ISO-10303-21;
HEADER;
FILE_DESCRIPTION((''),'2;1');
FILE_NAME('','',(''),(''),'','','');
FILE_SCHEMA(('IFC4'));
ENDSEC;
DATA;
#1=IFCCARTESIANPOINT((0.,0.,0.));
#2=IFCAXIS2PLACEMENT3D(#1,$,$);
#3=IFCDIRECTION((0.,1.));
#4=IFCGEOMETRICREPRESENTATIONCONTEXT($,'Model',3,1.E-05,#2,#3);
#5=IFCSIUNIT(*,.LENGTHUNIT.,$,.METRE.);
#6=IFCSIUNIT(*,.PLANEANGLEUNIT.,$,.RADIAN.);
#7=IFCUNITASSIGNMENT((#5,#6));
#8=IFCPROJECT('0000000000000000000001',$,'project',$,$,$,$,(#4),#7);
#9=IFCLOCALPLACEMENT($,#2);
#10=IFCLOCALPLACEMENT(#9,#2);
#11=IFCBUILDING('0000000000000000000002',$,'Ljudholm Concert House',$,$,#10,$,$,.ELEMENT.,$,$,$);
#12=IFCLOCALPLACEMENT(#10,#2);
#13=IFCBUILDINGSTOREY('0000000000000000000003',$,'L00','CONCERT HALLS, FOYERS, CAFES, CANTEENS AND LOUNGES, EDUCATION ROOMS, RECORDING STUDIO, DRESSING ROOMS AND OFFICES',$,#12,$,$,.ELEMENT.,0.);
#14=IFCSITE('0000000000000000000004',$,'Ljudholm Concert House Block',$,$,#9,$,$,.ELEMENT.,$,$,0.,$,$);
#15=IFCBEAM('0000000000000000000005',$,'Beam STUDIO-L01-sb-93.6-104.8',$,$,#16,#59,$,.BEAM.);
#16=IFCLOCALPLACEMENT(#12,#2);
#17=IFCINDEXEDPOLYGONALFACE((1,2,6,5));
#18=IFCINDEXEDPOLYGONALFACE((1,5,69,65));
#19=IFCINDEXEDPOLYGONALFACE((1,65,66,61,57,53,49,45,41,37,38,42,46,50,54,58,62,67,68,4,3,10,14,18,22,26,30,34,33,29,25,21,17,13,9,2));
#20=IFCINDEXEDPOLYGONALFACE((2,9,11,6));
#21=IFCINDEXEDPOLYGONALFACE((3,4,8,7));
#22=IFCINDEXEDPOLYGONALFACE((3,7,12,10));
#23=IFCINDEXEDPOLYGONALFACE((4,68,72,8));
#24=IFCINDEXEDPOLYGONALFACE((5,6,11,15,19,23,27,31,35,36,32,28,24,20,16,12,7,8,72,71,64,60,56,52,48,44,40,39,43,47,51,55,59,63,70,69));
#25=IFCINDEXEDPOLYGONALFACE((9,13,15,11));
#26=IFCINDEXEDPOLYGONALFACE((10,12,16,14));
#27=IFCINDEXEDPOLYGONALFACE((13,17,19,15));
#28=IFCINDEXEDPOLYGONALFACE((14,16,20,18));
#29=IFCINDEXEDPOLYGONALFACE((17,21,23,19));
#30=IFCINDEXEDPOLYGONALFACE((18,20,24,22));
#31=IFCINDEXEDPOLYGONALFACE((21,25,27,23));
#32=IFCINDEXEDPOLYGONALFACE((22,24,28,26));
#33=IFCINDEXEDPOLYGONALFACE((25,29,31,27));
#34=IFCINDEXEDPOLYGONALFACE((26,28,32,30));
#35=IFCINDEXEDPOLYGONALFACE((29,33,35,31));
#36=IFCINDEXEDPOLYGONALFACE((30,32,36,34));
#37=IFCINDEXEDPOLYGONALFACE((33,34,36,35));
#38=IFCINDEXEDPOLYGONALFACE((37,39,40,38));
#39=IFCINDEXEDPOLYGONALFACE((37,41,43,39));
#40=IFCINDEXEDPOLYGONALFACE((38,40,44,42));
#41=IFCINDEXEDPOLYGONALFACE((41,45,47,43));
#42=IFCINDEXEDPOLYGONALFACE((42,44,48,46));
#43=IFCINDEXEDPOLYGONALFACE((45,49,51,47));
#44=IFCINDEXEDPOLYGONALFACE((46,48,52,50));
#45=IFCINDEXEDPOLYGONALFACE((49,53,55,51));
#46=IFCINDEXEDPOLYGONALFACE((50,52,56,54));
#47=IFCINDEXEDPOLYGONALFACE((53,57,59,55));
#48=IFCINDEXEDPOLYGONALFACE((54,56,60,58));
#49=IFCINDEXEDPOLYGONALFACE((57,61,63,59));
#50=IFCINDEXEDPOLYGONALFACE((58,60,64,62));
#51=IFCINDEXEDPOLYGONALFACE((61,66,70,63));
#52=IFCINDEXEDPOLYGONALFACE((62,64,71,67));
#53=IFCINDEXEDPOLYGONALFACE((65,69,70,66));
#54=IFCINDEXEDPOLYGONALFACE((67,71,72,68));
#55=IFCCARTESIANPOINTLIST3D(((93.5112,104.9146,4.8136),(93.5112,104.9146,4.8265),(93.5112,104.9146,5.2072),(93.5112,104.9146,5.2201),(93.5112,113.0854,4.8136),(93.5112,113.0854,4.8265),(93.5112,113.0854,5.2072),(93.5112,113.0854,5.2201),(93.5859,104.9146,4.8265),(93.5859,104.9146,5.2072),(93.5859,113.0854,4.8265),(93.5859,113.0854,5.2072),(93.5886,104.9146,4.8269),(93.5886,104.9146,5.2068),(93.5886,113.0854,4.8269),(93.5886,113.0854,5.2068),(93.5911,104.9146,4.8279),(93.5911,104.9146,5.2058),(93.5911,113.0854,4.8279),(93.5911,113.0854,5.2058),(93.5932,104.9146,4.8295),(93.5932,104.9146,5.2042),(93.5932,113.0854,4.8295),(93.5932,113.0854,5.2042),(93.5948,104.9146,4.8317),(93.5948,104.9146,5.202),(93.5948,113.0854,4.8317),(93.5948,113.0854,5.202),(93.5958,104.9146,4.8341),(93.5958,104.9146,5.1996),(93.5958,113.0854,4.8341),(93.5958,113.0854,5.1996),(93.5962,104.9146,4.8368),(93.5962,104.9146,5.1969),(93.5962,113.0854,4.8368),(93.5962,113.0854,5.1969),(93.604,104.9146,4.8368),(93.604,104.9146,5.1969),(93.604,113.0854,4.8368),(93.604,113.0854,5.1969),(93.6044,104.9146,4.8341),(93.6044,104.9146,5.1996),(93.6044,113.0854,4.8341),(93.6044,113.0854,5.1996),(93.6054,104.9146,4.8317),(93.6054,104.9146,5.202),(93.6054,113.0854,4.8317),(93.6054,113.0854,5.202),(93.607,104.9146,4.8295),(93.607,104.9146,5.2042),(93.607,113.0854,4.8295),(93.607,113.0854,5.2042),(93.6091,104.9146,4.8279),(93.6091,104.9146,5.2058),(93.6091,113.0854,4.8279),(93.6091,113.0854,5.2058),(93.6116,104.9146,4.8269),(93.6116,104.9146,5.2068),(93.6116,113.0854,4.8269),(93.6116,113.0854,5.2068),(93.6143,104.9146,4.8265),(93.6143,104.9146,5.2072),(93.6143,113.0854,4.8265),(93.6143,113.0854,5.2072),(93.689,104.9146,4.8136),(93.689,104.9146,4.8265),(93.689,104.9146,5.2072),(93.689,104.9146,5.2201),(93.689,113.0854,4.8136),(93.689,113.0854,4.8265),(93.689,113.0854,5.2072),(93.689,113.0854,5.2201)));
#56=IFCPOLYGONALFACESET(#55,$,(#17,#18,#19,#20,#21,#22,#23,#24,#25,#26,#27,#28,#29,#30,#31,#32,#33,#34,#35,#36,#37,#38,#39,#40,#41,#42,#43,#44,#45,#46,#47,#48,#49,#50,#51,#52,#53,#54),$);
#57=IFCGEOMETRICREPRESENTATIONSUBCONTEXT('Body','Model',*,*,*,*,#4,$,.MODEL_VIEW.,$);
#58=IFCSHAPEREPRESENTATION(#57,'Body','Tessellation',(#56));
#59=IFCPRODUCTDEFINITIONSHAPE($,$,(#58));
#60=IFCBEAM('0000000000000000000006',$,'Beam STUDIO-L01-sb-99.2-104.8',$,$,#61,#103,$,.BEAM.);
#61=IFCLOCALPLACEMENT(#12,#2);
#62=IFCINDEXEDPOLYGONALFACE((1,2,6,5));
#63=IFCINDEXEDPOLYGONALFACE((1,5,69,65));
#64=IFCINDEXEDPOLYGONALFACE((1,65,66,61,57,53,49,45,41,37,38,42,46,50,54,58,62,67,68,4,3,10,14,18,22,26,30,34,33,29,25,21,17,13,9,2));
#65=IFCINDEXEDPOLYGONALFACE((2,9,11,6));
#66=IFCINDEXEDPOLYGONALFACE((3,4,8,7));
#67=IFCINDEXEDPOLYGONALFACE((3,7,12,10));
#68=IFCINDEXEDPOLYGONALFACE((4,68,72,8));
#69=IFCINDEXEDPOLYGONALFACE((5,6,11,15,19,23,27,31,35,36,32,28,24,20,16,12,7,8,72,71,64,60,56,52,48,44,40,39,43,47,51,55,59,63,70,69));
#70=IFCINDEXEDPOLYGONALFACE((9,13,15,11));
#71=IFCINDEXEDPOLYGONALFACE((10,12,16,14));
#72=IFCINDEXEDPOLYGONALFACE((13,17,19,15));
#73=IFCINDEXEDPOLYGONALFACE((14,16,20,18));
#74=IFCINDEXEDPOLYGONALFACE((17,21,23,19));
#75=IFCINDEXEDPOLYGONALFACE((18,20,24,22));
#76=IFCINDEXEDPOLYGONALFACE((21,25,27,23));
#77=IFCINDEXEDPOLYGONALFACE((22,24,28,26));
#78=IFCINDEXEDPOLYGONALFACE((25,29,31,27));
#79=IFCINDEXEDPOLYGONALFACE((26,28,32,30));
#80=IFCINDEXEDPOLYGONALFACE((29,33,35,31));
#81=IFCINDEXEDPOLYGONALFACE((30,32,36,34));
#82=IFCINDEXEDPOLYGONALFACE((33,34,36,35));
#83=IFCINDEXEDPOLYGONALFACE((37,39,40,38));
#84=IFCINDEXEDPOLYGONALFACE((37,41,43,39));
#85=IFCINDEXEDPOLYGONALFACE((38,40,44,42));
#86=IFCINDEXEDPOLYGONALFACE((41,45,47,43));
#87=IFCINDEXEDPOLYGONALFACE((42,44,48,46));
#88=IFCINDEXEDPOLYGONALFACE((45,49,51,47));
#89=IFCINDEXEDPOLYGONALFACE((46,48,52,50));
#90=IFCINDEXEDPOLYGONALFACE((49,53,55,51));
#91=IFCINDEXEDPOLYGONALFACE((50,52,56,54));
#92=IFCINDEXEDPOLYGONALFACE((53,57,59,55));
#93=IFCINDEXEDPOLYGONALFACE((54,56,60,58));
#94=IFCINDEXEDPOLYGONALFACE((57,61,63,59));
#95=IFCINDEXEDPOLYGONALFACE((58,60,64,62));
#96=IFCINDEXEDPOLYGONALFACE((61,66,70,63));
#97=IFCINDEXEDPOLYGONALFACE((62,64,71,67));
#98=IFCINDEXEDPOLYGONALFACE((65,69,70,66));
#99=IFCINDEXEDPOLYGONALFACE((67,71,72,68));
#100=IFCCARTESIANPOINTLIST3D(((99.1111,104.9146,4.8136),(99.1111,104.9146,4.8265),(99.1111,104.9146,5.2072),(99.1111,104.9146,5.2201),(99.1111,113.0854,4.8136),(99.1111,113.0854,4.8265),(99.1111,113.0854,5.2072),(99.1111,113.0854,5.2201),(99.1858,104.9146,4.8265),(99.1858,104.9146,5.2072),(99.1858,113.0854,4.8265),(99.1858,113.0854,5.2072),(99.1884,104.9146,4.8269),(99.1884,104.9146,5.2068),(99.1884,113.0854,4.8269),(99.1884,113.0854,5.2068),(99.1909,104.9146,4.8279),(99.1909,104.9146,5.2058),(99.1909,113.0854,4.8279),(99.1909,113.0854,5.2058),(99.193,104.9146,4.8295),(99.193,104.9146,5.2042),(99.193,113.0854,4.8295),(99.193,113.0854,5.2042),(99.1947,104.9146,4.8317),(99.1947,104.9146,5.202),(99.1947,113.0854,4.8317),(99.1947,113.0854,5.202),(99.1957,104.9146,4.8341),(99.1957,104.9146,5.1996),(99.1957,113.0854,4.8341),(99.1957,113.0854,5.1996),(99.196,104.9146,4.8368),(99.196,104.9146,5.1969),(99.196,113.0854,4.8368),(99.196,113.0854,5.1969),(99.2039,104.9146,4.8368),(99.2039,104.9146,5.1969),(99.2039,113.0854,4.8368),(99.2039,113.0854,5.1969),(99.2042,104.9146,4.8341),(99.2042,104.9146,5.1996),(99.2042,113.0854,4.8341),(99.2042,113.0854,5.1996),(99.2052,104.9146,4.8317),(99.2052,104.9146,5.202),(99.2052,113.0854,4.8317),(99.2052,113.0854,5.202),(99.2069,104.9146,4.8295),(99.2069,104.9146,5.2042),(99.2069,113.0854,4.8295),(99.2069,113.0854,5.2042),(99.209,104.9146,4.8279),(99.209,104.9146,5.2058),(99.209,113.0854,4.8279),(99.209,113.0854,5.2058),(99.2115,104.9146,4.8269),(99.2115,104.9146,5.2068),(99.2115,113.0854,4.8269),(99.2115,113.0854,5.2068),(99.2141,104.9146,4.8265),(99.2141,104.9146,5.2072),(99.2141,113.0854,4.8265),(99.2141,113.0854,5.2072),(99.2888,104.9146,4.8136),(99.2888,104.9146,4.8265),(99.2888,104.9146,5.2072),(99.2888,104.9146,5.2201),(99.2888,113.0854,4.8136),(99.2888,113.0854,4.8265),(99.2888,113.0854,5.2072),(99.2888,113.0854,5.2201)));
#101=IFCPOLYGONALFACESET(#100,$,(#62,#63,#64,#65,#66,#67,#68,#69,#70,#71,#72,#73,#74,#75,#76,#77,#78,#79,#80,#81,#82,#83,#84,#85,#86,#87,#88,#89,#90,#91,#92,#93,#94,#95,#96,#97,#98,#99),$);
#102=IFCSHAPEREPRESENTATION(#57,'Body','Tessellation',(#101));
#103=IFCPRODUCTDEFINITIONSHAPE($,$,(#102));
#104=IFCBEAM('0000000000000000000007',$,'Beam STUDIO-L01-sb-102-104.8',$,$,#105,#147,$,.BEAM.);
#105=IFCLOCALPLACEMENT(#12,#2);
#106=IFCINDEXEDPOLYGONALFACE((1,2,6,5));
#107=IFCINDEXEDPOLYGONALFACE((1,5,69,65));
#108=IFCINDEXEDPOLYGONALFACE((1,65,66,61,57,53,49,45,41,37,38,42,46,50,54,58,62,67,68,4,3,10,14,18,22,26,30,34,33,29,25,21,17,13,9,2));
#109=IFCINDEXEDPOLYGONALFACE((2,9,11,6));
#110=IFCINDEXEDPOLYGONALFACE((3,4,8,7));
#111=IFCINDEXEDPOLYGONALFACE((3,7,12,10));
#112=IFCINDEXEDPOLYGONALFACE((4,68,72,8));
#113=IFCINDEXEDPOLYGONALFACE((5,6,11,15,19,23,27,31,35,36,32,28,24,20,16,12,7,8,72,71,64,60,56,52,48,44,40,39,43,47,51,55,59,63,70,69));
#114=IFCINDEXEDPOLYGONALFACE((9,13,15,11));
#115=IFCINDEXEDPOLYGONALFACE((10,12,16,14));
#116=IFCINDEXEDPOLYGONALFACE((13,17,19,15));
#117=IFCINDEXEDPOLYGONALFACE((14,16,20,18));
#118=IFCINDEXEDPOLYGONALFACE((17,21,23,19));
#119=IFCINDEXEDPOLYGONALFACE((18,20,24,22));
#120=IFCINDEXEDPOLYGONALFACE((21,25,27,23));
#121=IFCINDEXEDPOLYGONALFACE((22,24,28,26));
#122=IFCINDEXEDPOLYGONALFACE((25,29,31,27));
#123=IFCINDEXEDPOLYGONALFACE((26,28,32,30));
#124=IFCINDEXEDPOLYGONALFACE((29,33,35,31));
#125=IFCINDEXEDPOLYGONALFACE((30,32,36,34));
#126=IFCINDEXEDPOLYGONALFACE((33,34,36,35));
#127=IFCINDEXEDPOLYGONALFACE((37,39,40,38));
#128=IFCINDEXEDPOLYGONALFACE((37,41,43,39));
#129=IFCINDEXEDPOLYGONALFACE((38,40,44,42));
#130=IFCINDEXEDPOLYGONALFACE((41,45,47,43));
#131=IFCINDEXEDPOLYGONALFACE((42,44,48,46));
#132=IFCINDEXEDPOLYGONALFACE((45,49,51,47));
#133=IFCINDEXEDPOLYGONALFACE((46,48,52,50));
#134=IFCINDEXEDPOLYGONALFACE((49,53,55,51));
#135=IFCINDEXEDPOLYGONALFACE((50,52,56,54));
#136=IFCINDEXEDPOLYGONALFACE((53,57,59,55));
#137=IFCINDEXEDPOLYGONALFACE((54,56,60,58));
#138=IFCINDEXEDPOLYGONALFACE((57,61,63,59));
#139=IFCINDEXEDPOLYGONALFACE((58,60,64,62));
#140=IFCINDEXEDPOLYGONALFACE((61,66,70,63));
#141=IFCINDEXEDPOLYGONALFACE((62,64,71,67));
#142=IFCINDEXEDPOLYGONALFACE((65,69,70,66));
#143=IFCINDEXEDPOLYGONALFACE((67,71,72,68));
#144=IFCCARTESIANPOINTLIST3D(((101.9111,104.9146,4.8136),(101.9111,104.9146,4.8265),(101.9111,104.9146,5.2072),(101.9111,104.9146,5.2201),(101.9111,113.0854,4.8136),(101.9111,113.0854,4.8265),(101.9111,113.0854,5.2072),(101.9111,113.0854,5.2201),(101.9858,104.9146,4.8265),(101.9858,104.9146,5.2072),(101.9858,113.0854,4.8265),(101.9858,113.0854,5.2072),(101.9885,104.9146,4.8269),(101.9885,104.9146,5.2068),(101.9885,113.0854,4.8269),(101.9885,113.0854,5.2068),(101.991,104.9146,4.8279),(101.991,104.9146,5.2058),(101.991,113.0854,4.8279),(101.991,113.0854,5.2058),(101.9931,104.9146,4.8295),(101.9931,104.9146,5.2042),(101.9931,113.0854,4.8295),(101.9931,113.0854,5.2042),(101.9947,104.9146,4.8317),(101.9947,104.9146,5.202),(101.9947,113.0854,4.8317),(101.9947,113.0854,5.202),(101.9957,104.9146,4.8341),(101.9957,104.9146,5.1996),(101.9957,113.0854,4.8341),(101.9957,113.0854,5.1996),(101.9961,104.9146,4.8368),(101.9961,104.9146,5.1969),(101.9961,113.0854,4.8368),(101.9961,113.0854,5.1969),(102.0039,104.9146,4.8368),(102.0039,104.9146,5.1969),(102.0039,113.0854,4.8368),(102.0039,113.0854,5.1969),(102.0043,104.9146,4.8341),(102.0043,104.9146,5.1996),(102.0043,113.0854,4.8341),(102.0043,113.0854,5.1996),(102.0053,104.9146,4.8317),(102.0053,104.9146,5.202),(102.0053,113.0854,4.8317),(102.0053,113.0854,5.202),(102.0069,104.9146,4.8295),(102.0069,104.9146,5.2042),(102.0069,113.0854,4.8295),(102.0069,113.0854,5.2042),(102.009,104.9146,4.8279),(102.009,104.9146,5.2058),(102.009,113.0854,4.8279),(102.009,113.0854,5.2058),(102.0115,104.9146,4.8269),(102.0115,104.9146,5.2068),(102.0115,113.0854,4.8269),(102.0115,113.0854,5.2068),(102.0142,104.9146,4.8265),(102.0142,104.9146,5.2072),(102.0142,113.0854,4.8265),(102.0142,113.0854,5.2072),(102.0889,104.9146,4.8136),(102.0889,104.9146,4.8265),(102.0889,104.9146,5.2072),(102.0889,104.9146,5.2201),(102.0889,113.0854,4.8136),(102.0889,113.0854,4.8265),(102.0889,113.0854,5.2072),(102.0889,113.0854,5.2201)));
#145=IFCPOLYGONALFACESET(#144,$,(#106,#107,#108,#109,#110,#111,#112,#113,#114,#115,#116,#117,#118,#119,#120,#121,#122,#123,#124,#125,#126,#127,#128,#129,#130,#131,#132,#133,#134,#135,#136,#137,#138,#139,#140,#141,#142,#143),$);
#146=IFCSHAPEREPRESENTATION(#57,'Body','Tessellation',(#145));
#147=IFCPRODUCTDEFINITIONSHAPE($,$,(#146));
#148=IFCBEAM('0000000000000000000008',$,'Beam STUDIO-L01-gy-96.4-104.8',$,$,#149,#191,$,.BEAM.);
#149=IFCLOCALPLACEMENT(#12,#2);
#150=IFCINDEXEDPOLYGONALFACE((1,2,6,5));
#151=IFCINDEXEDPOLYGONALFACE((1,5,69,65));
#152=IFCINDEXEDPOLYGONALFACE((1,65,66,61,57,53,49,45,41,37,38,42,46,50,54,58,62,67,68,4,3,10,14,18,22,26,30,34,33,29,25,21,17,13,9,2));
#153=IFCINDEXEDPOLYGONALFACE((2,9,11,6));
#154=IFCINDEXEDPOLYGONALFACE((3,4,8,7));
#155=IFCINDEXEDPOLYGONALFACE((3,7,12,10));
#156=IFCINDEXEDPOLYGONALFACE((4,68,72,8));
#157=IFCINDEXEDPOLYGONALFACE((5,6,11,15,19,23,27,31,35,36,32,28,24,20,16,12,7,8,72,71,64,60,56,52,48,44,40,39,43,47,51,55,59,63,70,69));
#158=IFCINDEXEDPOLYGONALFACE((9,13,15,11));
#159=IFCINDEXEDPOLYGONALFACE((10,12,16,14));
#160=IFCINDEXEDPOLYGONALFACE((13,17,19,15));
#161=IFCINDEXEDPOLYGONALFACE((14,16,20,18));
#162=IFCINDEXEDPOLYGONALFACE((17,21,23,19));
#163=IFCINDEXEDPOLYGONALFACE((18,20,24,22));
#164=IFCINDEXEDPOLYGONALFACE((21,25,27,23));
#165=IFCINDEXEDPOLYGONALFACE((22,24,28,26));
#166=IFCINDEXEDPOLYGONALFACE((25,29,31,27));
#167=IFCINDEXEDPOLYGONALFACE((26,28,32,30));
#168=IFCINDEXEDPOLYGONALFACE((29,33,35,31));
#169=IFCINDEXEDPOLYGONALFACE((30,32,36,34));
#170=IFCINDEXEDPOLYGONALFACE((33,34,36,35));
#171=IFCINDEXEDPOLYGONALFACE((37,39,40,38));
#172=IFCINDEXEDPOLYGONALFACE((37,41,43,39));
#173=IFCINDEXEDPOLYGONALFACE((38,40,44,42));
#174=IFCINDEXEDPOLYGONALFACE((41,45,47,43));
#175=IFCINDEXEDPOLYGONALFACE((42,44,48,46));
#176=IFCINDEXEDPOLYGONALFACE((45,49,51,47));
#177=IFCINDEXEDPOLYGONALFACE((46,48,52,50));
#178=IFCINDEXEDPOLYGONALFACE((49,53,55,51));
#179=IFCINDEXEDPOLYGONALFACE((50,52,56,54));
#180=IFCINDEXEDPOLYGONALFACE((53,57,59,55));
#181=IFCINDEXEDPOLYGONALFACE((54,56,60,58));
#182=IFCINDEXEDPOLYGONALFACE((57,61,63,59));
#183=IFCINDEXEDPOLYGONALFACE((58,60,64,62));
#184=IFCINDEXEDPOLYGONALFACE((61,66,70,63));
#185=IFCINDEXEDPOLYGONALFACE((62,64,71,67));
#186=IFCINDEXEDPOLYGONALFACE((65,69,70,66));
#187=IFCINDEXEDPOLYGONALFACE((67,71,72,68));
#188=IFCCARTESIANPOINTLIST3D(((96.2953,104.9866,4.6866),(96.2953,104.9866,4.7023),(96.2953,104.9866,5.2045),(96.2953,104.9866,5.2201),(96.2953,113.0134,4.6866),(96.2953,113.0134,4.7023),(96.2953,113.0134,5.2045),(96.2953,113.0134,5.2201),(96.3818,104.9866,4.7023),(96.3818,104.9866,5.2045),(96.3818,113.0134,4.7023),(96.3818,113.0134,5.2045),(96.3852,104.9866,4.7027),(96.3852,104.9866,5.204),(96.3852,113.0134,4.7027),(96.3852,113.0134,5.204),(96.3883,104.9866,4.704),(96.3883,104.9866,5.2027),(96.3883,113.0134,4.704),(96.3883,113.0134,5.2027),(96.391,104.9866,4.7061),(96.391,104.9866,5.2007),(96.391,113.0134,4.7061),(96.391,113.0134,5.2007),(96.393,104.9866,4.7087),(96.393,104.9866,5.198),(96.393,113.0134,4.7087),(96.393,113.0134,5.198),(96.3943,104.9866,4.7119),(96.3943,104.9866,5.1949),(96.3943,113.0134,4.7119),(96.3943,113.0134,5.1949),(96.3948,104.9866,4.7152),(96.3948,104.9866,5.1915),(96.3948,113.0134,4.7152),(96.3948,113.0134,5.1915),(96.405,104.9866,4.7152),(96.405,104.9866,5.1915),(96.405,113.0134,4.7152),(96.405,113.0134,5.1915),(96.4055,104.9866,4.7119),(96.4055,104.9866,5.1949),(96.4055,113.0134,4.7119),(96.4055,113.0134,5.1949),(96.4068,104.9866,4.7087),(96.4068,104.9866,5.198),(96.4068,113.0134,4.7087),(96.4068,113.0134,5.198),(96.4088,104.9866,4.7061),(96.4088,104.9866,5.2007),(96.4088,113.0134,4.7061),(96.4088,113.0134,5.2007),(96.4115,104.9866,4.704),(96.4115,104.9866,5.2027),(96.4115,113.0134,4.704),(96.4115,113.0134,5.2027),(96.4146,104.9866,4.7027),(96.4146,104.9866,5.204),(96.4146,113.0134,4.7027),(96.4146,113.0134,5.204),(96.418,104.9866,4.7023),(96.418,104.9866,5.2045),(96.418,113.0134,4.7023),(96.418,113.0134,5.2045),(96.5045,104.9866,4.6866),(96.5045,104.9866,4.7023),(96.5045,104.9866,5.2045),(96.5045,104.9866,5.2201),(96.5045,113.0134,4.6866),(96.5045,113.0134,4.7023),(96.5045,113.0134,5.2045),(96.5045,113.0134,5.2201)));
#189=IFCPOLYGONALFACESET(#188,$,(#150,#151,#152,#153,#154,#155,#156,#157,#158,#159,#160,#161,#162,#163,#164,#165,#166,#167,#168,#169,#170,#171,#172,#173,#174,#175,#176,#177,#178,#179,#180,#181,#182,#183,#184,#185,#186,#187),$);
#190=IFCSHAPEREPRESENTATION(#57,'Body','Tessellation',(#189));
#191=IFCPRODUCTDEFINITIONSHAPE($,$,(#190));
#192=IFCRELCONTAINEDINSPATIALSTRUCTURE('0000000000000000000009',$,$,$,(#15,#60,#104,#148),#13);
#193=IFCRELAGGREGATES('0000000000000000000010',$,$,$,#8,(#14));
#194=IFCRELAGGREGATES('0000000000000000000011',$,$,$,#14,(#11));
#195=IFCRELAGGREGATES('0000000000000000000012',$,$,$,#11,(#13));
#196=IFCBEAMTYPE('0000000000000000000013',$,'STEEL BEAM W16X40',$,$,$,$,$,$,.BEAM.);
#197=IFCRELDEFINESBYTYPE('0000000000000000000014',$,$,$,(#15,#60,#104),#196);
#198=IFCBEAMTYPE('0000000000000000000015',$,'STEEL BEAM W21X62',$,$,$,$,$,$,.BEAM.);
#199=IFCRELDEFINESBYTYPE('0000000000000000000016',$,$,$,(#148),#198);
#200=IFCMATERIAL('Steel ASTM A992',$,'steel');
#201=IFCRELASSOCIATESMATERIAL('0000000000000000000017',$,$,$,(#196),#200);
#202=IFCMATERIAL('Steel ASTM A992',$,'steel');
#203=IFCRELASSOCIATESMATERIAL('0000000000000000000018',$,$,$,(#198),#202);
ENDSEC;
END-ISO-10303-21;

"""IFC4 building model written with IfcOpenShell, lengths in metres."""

from ifc_helpers import new_model, si_unit, direction, frame, origin, origin_2d, place, context, subcontext, project, spatial, i_section, extrude, material, material_profile, profile_set, type_object, element, save


model = new_model("IFC4")

# Units and contexts
model_context = context("Model", 3, precision=1e-05, world=origin(), true_north=direction((0.0, 1.0)))
body_context = subcontext(model_context, "Body", "Model", "MODEL_VIEW")
ifc_project = project(units=[si_unit("LENGTHUNIT", "METRE"), si_unit("PLANEANGLEUNIT", "RADIAN")], contexts=[model_context])

# Site, building, storey
site_placement = place(None, origin())
site = spatial("IfcSite", under=ifc_project, at=site_placement, Name="Ljudholm Concert House Block", CompositionType="ELEMENT", RefElevation=0.0)
building_placement = place(site_placement, origin())
building = spatial("IfcBuilding", under=site, at=building_placement, Name="Ljudholm Concert House", CompositionType="ELEMENT")
storey_placement = place(building_placement, origin())
storey = spatial("IfcBuildingStorey", under=building, at=storey_placement, Name="L00", Description="CONCERT HALLS, FOYERS, CAFES, CANTEENS AND LOUNGES, EDUCATION ROOMS, RECORDING STUDIO, DRESSING ROOMS AND OFFICES", CompositionType="ELEMENT", Elevation=0.0)

# Beams
ifc_material_1 = material(Name="Steel ASTM A992", Category="steel")
ifc_material_profile_1 = material_profile(ifc_material_1, i_section(OverallWidth=0.1777, OverallDepth=0.4065, WebThickness=0.0078, FlangeThickness=0.0129, FilletRadius=0.0103, at=origin_2d()), Name="W16X40")
ifc_profile_set_1 = profile_set([ifc_material_profile_1], Name="Steel ASTM A992")
beam_type_1 = type_object("IfcBeamType", Name="STEEL BEAM W16X40", PredefinedType="BEAM", material=ifc_profile_set_1)
for number, where, z_axis, x_axis, name in (
    (1, (93.6001, 104.9146, 5.0168), (0.0, 1.0, 0.0), (-1.0, 0.0, 0.0), "Beam STUDIO-L01-sb-93.6-104.8"),
    (2, (99.2, 104.9146, 5.0168), (0.0, 1.0, 0.0), (-1.0, 0.0, 0.0), "Beam STUDIO-L01-sb-99.2-104.8"),
    (3, (102.0, 104.9146, 5.0168), (0.0, 1.0, 0.0), (-1.0, 0.0, 0.0), "Beam STUDIO-L01-sb-102-104.8"),
):
    element("IfcBeam", number, at=place(storey_placement, frame(where, z_axis=z_axis, x_axis=x_axis)), inside=storey, type_object=beam_type_1, Name=name, PredefinedType="BEAM", context=body_context, shape_type="SweptSolid", body=[
        extrude(i_section(OverallWidth=0.1777, OverallDepth=0.4065, WebThickness=0.0078, FlangeThickness=0.0129, FilletRadius=0.0103, at=origin_2d()), origin(), (0.0, 0.0, 1.0), 8.1709),
    ])
ifc_material_2 = material(Name="Steel ASTM A992", Category="steel")
ifc_material_profile_2 = material_profile(ifc_material_2, i_section(OverallWidth=0.2092, OverallDepth=0.5334, WebThickness=0.0103, FlangeThickness=0.0156, FilletRadius=0.0129, at=origin_2d()), Name="W21X62")
ifc_profile_set_2 = profile_set([ifc_material_profile_2], Name="Steel ASTM A992")
beam_type_2 = type_object("IfcBeamType", Name="STEEL BEAM W21X62", PredefinedType="BEAM", material=ifc_profile_set_2)
beam_1_placement = place(storey_placement, frame((96.3999, 104.9866, 4.9534), z_axis=(0.0, 1.0, 0.0), x_axis=(-1.0, 0.0, 0.0)))
element("IfcBeam", 4, at=beam_1_placement, inside=storey, type_object=beam_type_2, Name="Beam STUDIO-L01-gy-96.4-104.8", PredefinedType="BEAM", context=body_context, shape_type="SweptSolid", body=[
    extrude(i_section(OverallWidth=0.2092, OverallDepth=0.5334, WebThickness=0.0103, FlangeThickness=0.0156, FilletRadius=0.0129, at=origin_2d()), origin(), (0.0, 0.0, 1.0), 8.0269),
])

save(model, "model.ifc")
